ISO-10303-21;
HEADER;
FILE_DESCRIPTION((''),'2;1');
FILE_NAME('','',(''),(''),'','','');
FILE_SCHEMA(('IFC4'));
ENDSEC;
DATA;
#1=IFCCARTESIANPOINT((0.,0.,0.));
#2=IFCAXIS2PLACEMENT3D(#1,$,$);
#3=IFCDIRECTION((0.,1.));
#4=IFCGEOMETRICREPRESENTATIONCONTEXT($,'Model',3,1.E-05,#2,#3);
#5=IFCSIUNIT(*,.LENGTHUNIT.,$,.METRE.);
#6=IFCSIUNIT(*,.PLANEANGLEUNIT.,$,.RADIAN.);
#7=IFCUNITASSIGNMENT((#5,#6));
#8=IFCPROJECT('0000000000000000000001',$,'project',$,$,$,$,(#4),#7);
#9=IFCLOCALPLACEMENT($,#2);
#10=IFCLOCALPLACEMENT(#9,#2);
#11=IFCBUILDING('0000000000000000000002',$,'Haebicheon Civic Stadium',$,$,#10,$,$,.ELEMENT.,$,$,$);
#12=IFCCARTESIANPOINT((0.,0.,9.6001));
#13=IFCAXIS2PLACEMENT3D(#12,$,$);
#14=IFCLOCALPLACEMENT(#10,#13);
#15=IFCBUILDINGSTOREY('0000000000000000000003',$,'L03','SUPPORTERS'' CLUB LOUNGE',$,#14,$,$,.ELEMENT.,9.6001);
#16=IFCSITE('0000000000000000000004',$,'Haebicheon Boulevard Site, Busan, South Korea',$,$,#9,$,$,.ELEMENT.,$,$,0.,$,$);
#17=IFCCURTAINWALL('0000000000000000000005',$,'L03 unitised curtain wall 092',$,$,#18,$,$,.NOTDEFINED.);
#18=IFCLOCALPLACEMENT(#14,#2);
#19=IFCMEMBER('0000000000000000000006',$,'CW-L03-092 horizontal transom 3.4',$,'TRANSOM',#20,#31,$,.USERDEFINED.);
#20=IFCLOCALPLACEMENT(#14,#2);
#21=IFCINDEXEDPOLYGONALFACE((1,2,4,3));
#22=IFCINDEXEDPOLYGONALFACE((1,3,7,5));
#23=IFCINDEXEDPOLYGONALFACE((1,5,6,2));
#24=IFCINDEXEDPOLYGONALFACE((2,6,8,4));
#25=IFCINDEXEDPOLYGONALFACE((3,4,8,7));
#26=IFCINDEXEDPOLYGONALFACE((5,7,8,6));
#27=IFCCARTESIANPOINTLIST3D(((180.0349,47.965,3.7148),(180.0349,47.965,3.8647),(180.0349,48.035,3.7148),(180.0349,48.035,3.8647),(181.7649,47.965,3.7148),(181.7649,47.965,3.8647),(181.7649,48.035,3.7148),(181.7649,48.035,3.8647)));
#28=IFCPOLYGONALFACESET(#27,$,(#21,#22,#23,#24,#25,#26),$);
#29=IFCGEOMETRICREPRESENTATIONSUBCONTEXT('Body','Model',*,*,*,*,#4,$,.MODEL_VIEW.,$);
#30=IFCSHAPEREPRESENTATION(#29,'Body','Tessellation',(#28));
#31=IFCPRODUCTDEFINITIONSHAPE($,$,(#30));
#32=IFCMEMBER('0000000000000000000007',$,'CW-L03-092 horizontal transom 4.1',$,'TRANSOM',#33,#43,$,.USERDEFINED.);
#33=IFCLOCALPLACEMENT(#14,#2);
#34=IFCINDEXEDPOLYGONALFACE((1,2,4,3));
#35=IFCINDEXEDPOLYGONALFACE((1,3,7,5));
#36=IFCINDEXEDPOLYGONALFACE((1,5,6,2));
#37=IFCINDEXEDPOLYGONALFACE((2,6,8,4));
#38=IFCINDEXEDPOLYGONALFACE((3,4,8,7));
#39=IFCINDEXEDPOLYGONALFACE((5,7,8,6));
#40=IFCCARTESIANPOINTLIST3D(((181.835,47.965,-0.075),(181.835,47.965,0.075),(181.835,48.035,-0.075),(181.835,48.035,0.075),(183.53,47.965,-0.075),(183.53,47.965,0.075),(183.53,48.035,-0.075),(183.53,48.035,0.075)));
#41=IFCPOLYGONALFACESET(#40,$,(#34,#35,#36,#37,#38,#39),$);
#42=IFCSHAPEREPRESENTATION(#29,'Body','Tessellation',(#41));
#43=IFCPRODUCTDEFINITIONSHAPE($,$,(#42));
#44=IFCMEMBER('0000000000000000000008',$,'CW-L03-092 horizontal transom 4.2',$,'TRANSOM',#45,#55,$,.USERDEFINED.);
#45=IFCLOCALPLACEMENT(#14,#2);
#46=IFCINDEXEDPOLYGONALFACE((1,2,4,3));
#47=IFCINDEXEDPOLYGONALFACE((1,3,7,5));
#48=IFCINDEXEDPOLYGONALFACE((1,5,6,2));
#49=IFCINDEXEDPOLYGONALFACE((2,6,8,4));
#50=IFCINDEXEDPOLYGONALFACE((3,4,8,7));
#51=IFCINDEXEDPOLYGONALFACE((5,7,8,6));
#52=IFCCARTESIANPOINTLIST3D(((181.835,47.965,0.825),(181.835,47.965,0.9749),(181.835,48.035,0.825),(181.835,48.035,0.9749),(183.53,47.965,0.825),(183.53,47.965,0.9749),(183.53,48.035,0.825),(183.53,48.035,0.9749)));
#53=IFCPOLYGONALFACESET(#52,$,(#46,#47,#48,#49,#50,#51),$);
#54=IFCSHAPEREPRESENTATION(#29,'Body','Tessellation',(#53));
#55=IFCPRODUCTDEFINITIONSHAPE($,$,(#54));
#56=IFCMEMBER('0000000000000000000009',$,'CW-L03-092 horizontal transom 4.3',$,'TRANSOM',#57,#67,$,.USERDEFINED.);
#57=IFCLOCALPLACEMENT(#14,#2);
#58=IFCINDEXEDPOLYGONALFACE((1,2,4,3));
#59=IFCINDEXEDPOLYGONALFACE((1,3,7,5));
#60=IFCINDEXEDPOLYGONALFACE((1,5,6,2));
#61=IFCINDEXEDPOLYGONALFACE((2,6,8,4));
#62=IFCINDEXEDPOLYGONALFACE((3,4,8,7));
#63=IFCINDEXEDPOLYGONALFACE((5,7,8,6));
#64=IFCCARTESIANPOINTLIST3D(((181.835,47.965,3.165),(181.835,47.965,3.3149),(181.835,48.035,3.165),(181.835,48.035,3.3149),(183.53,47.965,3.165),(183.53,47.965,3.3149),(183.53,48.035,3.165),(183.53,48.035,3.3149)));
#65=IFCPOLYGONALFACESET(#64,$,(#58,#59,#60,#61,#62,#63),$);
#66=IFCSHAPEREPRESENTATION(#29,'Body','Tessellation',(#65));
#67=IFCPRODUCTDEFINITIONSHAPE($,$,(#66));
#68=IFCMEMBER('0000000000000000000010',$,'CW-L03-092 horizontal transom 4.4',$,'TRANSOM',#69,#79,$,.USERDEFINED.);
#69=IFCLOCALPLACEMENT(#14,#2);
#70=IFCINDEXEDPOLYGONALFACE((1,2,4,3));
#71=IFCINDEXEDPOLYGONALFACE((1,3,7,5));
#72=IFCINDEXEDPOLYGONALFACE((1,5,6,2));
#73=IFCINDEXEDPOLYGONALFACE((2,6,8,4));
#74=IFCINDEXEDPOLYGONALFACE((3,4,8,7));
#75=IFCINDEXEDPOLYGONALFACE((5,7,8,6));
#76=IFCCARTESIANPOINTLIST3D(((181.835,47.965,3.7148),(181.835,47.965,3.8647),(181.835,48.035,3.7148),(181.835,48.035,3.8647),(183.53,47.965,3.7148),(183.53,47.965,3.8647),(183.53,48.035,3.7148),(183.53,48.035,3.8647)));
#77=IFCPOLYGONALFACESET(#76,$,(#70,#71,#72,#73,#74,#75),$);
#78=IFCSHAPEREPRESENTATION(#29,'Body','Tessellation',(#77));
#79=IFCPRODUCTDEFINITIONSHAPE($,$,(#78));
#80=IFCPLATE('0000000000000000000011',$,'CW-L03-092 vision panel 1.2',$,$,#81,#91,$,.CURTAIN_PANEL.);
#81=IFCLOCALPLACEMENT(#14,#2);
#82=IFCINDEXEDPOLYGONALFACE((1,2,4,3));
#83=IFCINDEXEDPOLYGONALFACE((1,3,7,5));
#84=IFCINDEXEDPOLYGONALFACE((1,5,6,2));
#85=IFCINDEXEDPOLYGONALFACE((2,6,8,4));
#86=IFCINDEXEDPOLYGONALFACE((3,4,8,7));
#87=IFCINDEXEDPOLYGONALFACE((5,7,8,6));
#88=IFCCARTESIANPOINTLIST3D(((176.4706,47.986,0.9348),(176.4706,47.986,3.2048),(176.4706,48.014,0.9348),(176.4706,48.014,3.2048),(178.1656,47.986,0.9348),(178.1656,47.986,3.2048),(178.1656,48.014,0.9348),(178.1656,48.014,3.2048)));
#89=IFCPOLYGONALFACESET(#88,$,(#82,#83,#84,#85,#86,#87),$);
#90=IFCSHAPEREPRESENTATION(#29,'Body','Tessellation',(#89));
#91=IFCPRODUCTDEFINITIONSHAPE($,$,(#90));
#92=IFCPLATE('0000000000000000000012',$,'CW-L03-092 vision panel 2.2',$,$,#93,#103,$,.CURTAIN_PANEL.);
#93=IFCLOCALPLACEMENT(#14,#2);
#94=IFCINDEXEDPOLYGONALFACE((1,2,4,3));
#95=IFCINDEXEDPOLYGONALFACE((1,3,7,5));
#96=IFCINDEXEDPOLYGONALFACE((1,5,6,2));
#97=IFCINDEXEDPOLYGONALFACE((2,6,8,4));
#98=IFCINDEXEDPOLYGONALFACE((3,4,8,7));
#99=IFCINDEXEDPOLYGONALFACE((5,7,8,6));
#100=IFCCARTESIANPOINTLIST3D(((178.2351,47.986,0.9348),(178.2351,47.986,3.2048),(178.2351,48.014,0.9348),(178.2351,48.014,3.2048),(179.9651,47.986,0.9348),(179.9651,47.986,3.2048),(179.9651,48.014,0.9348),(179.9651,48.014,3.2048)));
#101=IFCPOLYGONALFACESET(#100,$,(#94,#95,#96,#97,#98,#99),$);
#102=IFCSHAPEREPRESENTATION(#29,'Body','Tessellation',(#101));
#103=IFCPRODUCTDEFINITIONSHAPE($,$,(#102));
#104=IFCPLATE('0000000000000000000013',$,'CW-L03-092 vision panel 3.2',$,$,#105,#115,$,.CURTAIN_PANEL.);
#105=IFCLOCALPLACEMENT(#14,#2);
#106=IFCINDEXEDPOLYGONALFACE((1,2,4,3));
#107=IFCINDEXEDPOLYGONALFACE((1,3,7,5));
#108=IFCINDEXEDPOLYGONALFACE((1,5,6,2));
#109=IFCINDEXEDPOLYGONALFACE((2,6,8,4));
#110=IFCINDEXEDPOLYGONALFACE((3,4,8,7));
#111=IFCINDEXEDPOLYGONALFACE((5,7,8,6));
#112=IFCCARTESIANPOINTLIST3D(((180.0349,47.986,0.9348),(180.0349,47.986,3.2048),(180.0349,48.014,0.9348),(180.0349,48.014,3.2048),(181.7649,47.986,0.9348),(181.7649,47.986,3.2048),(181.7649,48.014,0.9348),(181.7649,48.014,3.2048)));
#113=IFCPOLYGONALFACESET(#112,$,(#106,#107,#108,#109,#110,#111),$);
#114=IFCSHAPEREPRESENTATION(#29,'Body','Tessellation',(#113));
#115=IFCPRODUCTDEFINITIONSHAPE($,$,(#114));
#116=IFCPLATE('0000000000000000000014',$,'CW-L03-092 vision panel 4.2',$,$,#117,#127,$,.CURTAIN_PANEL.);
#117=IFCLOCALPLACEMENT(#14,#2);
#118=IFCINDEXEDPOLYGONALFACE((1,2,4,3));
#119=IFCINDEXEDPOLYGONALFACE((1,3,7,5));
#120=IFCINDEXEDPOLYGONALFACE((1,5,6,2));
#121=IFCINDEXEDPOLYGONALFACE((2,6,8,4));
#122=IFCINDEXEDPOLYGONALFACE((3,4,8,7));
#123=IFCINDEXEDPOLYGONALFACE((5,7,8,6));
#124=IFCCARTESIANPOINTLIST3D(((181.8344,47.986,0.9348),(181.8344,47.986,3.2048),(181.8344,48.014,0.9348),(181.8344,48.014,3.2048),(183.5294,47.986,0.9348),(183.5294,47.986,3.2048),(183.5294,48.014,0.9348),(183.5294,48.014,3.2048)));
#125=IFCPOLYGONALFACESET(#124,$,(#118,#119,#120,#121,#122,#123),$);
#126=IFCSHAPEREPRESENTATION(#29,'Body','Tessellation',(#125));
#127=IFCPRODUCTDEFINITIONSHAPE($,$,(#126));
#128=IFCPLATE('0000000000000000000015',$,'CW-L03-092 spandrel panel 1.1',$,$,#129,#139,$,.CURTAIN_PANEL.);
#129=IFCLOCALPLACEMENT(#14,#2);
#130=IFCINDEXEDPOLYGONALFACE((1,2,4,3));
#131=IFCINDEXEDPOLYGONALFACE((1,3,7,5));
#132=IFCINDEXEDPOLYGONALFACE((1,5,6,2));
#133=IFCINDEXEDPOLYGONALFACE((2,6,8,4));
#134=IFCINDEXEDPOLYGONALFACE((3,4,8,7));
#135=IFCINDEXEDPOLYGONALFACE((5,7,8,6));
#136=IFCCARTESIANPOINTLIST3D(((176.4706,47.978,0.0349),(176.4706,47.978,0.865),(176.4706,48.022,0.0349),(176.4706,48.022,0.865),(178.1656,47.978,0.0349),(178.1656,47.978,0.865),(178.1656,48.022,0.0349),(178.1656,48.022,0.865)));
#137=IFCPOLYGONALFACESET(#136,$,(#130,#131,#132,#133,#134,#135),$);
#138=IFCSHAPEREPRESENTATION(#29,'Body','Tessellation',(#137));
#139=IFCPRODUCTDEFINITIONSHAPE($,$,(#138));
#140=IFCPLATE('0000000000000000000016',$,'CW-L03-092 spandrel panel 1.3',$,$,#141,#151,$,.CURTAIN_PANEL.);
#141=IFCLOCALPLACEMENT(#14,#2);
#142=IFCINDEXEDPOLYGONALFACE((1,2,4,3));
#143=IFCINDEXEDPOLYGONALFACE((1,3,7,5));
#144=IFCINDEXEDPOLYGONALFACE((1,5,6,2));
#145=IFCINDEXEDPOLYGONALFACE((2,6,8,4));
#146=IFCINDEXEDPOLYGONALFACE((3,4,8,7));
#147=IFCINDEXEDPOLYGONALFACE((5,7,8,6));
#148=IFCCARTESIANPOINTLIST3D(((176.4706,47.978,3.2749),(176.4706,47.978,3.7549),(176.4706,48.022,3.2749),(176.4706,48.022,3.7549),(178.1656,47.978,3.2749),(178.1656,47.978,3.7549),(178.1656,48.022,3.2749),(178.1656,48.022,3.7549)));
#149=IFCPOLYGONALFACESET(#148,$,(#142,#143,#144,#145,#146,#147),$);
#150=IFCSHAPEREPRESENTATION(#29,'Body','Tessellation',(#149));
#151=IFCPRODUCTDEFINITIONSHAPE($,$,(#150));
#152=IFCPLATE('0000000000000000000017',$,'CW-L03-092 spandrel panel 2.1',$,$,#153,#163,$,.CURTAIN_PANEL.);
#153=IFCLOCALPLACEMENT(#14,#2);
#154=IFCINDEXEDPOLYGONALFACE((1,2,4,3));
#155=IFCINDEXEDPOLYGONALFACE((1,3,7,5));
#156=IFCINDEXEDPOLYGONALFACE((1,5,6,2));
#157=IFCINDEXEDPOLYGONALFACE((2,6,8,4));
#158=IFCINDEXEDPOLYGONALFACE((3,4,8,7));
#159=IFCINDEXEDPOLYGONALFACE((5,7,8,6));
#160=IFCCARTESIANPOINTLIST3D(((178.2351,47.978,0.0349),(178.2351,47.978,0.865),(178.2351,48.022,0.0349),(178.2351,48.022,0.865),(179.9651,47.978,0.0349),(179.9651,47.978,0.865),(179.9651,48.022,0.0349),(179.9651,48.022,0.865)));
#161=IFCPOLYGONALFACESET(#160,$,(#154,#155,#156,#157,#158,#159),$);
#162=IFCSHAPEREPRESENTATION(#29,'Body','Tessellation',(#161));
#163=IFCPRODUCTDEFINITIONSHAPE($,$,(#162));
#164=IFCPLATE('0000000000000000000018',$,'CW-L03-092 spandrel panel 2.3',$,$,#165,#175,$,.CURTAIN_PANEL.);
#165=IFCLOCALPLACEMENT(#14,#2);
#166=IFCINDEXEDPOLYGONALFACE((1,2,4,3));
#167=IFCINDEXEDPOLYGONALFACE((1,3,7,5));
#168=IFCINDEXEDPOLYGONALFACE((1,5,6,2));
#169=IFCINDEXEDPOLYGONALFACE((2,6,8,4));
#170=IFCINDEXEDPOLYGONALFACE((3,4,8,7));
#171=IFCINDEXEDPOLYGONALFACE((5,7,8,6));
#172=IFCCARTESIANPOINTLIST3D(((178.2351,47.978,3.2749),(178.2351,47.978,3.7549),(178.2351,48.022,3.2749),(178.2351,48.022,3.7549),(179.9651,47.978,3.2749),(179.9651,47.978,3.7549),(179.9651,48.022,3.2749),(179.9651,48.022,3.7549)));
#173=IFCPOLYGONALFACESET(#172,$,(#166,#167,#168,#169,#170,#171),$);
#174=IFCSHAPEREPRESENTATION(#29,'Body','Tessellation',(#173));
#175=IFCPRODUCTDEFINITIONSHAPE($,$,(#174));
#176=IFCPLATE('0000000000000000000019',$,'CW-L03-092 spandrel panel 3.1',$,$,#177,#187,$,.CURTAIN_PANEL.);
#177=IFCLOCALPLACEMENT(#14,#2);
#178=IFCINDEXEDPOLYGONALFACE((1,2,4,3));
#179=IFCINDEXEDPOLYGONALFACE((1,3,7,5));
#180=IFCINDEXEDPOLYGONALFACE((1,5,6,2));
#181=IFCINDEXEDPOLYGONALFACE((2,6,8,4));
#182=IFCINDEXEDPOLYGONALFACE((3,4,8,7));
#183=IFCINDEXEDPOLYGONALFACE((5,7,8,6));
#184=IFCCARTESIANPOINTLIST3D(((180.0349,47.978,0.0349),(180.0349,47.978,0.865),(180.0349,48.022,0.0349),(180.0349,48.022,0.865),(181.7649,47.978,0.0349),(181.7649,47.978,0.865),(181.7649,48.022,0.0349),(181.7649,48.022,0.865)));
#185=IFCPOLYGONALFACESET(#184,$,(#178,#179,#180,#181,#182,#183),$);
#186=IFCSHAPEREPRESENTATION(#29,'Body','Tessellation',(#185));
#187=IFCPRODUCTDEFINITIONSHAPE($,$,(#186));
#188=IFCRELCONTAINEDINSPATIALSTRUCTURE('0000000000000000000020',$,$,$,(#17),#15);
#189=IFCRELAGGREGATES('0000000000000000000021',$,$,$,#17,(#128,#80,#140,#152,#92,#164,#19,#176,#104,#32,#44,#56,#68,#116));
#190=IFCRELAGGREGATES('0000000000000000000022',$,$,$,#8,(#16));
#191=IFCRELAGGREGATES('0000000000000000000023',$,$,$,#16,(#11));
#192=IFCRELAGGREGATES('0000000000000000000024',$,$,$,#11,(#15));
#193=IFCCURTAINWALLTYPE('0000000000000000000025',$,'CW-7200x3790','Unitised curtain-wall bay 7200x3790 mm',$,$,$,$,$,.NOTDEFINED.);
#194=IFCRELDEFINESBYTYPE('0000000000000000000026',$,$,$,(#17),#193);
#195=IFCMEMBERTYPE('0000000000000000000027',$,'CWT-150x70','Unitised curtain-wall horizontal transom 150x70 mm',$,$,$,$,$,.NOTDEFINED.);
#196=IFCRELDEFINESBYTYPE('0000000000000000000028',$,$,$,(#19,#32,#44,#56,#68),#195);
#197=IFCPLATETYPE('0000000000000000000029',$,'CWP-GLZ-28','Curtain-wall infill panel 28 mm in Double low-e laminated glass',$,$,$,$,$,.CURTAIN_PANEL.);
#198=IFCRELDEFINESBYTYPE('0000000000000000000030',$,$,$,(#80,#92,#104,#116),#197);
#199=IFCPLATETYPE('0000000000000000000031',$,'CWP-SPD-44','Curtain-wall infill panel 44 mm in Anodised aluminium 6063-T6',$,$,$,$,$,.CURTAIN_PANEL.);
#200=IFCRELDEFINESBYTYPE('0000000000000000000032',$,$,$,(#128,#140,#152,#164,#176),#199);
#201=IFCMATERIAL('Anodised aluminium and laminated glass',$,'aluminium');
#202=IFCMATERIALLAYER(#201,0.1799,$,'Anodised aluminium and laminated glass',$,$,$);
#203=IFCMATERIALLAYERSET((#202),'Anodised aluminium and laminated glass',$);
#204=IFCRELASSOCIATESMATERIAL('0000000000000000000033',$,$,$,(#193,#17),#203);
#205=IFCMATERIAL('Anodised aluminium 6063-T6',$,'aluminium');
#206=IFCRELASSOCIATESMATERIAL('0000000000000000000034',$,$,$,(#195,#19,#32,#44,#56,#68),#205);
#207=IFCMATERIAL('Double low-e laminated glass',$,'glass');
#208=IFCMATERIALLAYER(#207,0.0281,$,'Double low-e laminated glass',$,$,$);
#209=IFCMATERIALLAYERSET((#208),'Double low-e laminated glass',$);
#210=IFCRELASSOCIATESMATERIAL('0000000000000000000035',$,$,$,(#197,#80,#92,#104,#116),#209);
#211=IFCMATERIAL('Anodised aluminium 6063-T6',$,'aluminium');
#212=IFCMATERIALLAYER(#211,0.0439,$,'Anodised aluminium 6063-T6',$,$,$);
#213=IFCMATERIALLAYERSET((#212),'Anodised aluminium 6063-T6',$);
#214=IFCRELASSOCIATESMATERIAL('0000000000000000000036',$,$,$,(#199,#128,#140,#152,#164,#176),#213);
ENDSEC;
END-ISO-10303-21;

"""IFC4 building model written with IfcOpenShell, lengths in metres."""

from ifc_helpers import new_model, si_unit, direction, frame, origin, origin_2d, place, context, subcontext, project, spatial, rectangle, extrude, material, layer, layer_set, material_profile, profile_set, type_object, element, aggregate, save


model = new_model("IFC4")

# Units and contexts
model_context = context("Model", 3, precision=1e-05, world=origin(), true_north=direction((0.0, 1.0)))
body_context = subcontext(model_context, "Body", "Model", "MODEL_VIEW")
ifc_project = project(units=[si_unit("LENGTHUNIT", "METRE"), si_unit("PLANEANGLEUNIT", "RADIAN")], contexts=[model_context])

# Site, building, storey
site_placement = place(None, origin())
site = spatial("IfcSite", under=ifc_project, at=site_placement, Name="Haebicheon Boulevard Site, Busan, South Korea", CompositionType="ELEMENT", RefElevation=0.0)
building_placement = place(site_placement, origin())
building = spatial("IfcBuilding", under=site, at=building_placement, Name="Haebicheon Civic Stadium", CompositionType="ELEMENT")
storey_placement = place(building_placement, frame((0.0, 0.0, 9.6001)))
storey = spatial("IfcBuildingStorey", under=building, at=storey_placement, Name="L03", Description="SUPPORTERS' CLUB LOUNGE", CompositionType="ELEMENT", Elevation=9.6001)

# Curtain wall, members, plates
ifc_material_1 = material(Name="Anodised aluminium and laminated glass", Category="aluminium")
ifc_layer_1 = layer(ifc_material_1, 0.1799, Name="Anodised aluminium and laminated glass")
ifc_layer_set_1 = layer_set([ifc_layer_1], Name="Anodised aluminium and laminated glass")
curtain_wall_type = type_object("IfcCurtainWallType", Name="CW-7200x3790", Description="Unitised curtain-wall bay 7200x3790 mm", PredefinedType="NOTDEFINED", material=ifc_layer_set_1)
curtain_wall_placement = place(storey_placement, origin())
curtain_wall = element("IfcCurtainWall", 1, at=curtain_wall_placement, inside=storey, type_object=curtain_wall_type, material=ifc_layer_set_1, Name="L03 unitised curtain wall 092", PredefinedType="NOTDEFINED")
ifc_material_2 = material(Name="Anodised aluminium 6063-T6", Category="aluminium")
ifc_material_profile_1 = material_profile(ifc_material_2, rectangle(XDim=0.0701, YDim=0.1499, at=origin_2d()), Name="ALU-TRAN-70x150")
ifc_profile_set_1 = profile_set([ifc_material_profile_1], Name="Anodised aluminium 6063-T6")
member_type_1 = type_object("IfcMemberType", Name="CWT-150x70", Description="Unitised curtain-wall horizontal transom 150x70 mm", PredefinedType="NOTDEFINED", material=ifc_profile_set_1)
member_1_placement = place(storey_placement, frame((180.0349, 48.0, 3.7898), z_axis=(1.0, 0.0, 0.0), x_axis=(0.0, 1.0, 0.0)))
member_1 = element("IfcMember", 2, at=member_1_placement, type_object=member_type_1, material=ifc_profile_set_1, Name="CW-L03-092 horizontal transom 3.4", ObjectType="TRANSOM", PredefinedType="USERDEFINED", context=body_context, shape_type="SweptSolid", body=[
    extrude(rectangle(XDim=0.0701, YDim=0.1499, at=origin_2d()), origin(), (0.0, 0.0, 1.0), 1.73),
])
member_2_placement = place(storey_placement, frame((181.835, 48.0, 0.0), z_axis=(1.0, 0.0, 0.0), x_axis=(0.0, 1.0, 0.0)))
member_2 = element("IfcMember", 3, at=member_2_placement, type_object=member_type_1, material=ifc_profile_set_1, Name="CW-L03-092 horizontal transom 4.1", ObjectType="TRANSOM", PredefinedType="USERDEFINED", context=body_context, shape_type="SweptSolid", body=[
    extrude(rectangle(XDim=0.0701, YDim=0.1499, at=origin_2d()), origin(), (0.0, 0.0, 1.0), 1.6951),
])
member_3_placement = place(storey_placement, frame((181.835, 48.0, 0.8999), z_axis=(1.0, 0.0, 0.0), x_axis=(0.0, 1.0, 0.0)))
member_3 = element("IfcMember", 4, at=member_3_placement, type_object=member_type_1, material=ifc_profile_set_1, Name="CW-L03-092 horizontal transom 4.2", ObjectType="TRANSOM", PredefinedType="USERDEFINED", context=body_context, shape_type="SweptSolid", body=[
    extrude(rectangle(XDim=0.0701, YDim=0.1499, at=origin_2d()), origin(), (0.0, 0.0, 1.0), 1.6951),
])
member_4_placement = place(storey_placement, frame((181.835, 48.0, 3.24), z_axis=(1.0, 0.0, 0.0), x_axis=(0.0, 1.0, 0.0)))
member_4 = element("IfcMember", 5, at=member_4_placement, type_object=member_type_1, material=ifc_profile_set_1, Name="CW-L03-092 horizontal transom 4.3", ObjectType="TRANSOM", PredefinedType="USERDEFINED", context=body_context, shape_type="SweptSolid", body=[
    extrude(rectangle(XDim=0.0701, YDim=0.1499, at=origin_2d()), origin(), (0.0, 0.0, 1.0), 1.6951),
])
member_5_placement = place(storey_placement, frame((181.835, 48.0, 3.7898), z_axis=(1.0, 0.0, 0.0), x_axis=(0.0, 1.0, 0.0)))
member_5 = element("IfcMember", 6, at=member_5_placement, type_object=member_type_1, material=ifc_profile_set_1, Name="CW-L03-092 horizontal transom 4.4", ObjectType="TRANSOM", PredefinedType="USERDEFINED", context=body_context, shape_type="SweptSolid", body=[
    extrude(rectangle(XDim=0.0701, YDim=0.1499, at=origin_2d()), origin(), (0.0, 0.0, 1.0), 1.6951),
])
ifc_material_3 = material(Name="Double low-e laminated glass", Category="glass")
ifc_layer_2 = layer(ifc_material_3, 0.0281, Name="Double low-e laminated glass")
ifc_layer_set_2 = layer_set([ifc_layer_2], Name="Double low-e laminated glass")
plate_type_1 = type_object("IfcPlateType", Name="CWP-GLZ-28", Description="Curtain-wall infill panel 28 mm in Double low-e laminated glass", PredefinedType="CURTAIN_PANEL", material=ifc_layer_set_2)
plate_1_placement = place(storey_placement, frame((177.3181, 48.0, 0.9348), z_axis=(0.0, 0.0, 1.0), x_axis=(1.0, 0.0, 0.0)))
plate_1 = element("IfcPlate", 7, at=plate_1_placement, type_object=plate_type_1, material=ifc_layer_set_2, Name="CW-L03-092 vision panel 1.2", PredefinedType="CURTAIN_PANEL", context=body_context, shape_type="SweptSolid", body=[
    extrude(rectangle(XDim=1.6951, YDim=0.0281, at=origin_2d()), origin(), (0.0, 0.0, 1.0), 2.27),
])
plate_2_placement = place(storey_placement, frame((179.1001, 48.0, 0.9348), z_axis=(0.0, 0.0, 1.0), x_axis=(1.0, 0.0, 0.0)))
plate_2 = element("IfcPlate", 8, at=plate_2_placement, type_object=plate_type_1, material=ifc_layer_set_2, Name="CW-L03-092 vision panel 2.2", PredefinedType="CURTAIN_PANEL", context=body_context, shape_type="SweptSolid", body=[
    extrude(rectangle(XDim=1.73, YDim=0.0281, at=origin_2d()), origin(), (0.0, 0.0, 1.0), 2.27),
])
plate_3_placement = place(storey_placement, frame((180.8999, 48.0, 0.9348), z_axis=(0.0, 0.0, 1.0), x_axis=(1.0, 0.0, 0.0)))
plate_3 = element("IfcPlate", 9, at=plate_3_placement, type_object=plate_type_1, material=ifc_layer_set_2, Name="CW-L03-092 vision panel 3.2", PredefinedType="CURTAIN_PANEL", context=body_context, shape_type="SweptSolid", body=[
    extrude(rectangle(XDim=1.73, YDim=0.0281, at=origin_2d()), origin(), (0.0, 0.0, 1.0), 2.27),
])
plate_4_placement = place(storey_placement, frame((182.6819, 48.0, 0.9348), z_axis=(0.0, 0.0, 1.0), x_axis=(1.0, 0.0, 0.0)))
plate_4 = element("IfcPlate", 10, at=plate_4_placement, type_object=plate_type_1, material=ifc_layer_set_2, Name="CW-L03-092 vision panel 4.2", PredefinedType="CURTAIN_PANEL", context=body_context, shape_type="SweptSolid", body=[
    extrude(rectangle(XDim=1.6951, YDim=0.0281, at=origin_2d()), origin(), (0.0, 0.0, 1.0), 2.27),
])
ifc_material_4 = material(Name="Anodised aluminium 6063-T6", Category="aluminium")
ifc_layer_3 = layer(ifc_material_4, 0.0439, Name="Anodised aluminium 6063-T6")
ifc_layer_set_3 = layer_set([ifc_layer_3], Name="Anodised aluminium 6063-T6")
plate_type_2 = type_object("IfcPlateType", Name="CWP-SPD-44", Description="Curtain-wall infill panel 44 mm in Anodised aluminium 6063-T6", PredefinedType="CURTAIN_PANEL", material=ifc_layer_set_3)
plate_5_placement = place(storey_placement, frame((177.3181, 48.0, 0.0349), z_axis=(0.0, 0.0, 1.0), x_axis=(1.0, 0.0, 0.0)))
plate_5 = element("IfcPlate", 11, at=plate_5_placement, type_object=plate_type_2, material=ifc_layer_set_3, Name="CW-L03-092 spandrel panel 1.1", PredefinedType="CURTAIN_PANEL", context=body_context, shape_type="SweptSolid", body=[
    extrude(rectangle(XDim=1.6951, YDim=0.0439, at=origin_2d()), origin(), (0.0, 0.0, 1.0), 0.8301),
])
plate_6_placement = place(storey_placement, frame((177.3181, 48.0, 3.2749), z_axis=(0.0, 0.0, 1.0), x_axis=(1.0, 0.0, 0.0)))
plate_6 = element("IfcPlate", 12, at=plate_6_placement, type_object=plate_type_2, material=ifc_layer_set_3, Name="CW-L03-092 spandrel panel 1.3", PredefinedType="CURTAIN_PANEL", context=body_context, shape_type="SweptSolid", body=[
    extrude(rectangle(XDim=1.6951, YDim=0.0439, at=origin_2d()), origin(), (0.0, 0.0, 1.0), 0.48),
])
plate_7_placement = place(storey_placement, frame((179.1001, 48.0, 0.0349), z_axis=(0.0, 0.0, 1.0), x_axis=(1.0, 0.0, 0.0)))
plate_7 = element("IfcPlate", 13, at=plate_7_placement, type_object=plate_type_2, material=ifc_layer_set_3, Name="CW-L03-092 spandrel panel 2.1", PredefinedType="CURTAIN_PANEL", context=body_context, shape_type="SweptSolid", body=[
    extrude(rectangle(XDim=1.73, YDim=0.0439, at=origin_2d()), origin(), (0.0, 0.0, 1.0), 0.8301),
])
plate_8_placement = place(storey_placement, frame((179.1001, 48.0, 3.2749), z_axis=(0.0, 0.0, 1.0), x_axis=(1.0, 0.0, 0.0)))
plate_8 = element("IfcPlate", 14, at=plate_8_placement, type_object=plate_type_2, material=ifc_layer_set_3, Name="CW-L03-092 spandrel panel 2.3", PredefinedType="CURTAIN_PANEL", context=body_context, shape_type="SweptSolid", body=[
    extrude(rectangle(XDim=1.73, YDim=0.0439, at=origin_2d()), origin(), (0.0, 0.0, 1.0), 0.48),
])
plate_9_placement = place(storey_placement, frame((180.8999, 48.0, 0.0349), z_axis=(0.0, 0.0, 1.0), x_axis=(1.0, 0.0, 0.0)))
plate_9 = element("IfcPlate", 15, at=plate_9_placement, type_object=plate_type_2, material=ifc_layer_set_3, Name="CW-L03-092 spandrel panel 3.1", PredefinedType="CURTAIN_PANEL", context=body_context, shape_type="SweptSolid", body=[
    extrude(rectangle(XDim=1.73, YDim=0.0439, at=origin_2d()), origin(), (0.0, 0.0, 1.0), 0.8301),
])
aggregate(curtain_wall, [plate_5, plate_1, plate_6, plate_7, plate_2, plate_8, member_1, plate_9, plate_3, member_2, member_3, member_4, member_5, plate_4])

save(model, "model.ifc")
